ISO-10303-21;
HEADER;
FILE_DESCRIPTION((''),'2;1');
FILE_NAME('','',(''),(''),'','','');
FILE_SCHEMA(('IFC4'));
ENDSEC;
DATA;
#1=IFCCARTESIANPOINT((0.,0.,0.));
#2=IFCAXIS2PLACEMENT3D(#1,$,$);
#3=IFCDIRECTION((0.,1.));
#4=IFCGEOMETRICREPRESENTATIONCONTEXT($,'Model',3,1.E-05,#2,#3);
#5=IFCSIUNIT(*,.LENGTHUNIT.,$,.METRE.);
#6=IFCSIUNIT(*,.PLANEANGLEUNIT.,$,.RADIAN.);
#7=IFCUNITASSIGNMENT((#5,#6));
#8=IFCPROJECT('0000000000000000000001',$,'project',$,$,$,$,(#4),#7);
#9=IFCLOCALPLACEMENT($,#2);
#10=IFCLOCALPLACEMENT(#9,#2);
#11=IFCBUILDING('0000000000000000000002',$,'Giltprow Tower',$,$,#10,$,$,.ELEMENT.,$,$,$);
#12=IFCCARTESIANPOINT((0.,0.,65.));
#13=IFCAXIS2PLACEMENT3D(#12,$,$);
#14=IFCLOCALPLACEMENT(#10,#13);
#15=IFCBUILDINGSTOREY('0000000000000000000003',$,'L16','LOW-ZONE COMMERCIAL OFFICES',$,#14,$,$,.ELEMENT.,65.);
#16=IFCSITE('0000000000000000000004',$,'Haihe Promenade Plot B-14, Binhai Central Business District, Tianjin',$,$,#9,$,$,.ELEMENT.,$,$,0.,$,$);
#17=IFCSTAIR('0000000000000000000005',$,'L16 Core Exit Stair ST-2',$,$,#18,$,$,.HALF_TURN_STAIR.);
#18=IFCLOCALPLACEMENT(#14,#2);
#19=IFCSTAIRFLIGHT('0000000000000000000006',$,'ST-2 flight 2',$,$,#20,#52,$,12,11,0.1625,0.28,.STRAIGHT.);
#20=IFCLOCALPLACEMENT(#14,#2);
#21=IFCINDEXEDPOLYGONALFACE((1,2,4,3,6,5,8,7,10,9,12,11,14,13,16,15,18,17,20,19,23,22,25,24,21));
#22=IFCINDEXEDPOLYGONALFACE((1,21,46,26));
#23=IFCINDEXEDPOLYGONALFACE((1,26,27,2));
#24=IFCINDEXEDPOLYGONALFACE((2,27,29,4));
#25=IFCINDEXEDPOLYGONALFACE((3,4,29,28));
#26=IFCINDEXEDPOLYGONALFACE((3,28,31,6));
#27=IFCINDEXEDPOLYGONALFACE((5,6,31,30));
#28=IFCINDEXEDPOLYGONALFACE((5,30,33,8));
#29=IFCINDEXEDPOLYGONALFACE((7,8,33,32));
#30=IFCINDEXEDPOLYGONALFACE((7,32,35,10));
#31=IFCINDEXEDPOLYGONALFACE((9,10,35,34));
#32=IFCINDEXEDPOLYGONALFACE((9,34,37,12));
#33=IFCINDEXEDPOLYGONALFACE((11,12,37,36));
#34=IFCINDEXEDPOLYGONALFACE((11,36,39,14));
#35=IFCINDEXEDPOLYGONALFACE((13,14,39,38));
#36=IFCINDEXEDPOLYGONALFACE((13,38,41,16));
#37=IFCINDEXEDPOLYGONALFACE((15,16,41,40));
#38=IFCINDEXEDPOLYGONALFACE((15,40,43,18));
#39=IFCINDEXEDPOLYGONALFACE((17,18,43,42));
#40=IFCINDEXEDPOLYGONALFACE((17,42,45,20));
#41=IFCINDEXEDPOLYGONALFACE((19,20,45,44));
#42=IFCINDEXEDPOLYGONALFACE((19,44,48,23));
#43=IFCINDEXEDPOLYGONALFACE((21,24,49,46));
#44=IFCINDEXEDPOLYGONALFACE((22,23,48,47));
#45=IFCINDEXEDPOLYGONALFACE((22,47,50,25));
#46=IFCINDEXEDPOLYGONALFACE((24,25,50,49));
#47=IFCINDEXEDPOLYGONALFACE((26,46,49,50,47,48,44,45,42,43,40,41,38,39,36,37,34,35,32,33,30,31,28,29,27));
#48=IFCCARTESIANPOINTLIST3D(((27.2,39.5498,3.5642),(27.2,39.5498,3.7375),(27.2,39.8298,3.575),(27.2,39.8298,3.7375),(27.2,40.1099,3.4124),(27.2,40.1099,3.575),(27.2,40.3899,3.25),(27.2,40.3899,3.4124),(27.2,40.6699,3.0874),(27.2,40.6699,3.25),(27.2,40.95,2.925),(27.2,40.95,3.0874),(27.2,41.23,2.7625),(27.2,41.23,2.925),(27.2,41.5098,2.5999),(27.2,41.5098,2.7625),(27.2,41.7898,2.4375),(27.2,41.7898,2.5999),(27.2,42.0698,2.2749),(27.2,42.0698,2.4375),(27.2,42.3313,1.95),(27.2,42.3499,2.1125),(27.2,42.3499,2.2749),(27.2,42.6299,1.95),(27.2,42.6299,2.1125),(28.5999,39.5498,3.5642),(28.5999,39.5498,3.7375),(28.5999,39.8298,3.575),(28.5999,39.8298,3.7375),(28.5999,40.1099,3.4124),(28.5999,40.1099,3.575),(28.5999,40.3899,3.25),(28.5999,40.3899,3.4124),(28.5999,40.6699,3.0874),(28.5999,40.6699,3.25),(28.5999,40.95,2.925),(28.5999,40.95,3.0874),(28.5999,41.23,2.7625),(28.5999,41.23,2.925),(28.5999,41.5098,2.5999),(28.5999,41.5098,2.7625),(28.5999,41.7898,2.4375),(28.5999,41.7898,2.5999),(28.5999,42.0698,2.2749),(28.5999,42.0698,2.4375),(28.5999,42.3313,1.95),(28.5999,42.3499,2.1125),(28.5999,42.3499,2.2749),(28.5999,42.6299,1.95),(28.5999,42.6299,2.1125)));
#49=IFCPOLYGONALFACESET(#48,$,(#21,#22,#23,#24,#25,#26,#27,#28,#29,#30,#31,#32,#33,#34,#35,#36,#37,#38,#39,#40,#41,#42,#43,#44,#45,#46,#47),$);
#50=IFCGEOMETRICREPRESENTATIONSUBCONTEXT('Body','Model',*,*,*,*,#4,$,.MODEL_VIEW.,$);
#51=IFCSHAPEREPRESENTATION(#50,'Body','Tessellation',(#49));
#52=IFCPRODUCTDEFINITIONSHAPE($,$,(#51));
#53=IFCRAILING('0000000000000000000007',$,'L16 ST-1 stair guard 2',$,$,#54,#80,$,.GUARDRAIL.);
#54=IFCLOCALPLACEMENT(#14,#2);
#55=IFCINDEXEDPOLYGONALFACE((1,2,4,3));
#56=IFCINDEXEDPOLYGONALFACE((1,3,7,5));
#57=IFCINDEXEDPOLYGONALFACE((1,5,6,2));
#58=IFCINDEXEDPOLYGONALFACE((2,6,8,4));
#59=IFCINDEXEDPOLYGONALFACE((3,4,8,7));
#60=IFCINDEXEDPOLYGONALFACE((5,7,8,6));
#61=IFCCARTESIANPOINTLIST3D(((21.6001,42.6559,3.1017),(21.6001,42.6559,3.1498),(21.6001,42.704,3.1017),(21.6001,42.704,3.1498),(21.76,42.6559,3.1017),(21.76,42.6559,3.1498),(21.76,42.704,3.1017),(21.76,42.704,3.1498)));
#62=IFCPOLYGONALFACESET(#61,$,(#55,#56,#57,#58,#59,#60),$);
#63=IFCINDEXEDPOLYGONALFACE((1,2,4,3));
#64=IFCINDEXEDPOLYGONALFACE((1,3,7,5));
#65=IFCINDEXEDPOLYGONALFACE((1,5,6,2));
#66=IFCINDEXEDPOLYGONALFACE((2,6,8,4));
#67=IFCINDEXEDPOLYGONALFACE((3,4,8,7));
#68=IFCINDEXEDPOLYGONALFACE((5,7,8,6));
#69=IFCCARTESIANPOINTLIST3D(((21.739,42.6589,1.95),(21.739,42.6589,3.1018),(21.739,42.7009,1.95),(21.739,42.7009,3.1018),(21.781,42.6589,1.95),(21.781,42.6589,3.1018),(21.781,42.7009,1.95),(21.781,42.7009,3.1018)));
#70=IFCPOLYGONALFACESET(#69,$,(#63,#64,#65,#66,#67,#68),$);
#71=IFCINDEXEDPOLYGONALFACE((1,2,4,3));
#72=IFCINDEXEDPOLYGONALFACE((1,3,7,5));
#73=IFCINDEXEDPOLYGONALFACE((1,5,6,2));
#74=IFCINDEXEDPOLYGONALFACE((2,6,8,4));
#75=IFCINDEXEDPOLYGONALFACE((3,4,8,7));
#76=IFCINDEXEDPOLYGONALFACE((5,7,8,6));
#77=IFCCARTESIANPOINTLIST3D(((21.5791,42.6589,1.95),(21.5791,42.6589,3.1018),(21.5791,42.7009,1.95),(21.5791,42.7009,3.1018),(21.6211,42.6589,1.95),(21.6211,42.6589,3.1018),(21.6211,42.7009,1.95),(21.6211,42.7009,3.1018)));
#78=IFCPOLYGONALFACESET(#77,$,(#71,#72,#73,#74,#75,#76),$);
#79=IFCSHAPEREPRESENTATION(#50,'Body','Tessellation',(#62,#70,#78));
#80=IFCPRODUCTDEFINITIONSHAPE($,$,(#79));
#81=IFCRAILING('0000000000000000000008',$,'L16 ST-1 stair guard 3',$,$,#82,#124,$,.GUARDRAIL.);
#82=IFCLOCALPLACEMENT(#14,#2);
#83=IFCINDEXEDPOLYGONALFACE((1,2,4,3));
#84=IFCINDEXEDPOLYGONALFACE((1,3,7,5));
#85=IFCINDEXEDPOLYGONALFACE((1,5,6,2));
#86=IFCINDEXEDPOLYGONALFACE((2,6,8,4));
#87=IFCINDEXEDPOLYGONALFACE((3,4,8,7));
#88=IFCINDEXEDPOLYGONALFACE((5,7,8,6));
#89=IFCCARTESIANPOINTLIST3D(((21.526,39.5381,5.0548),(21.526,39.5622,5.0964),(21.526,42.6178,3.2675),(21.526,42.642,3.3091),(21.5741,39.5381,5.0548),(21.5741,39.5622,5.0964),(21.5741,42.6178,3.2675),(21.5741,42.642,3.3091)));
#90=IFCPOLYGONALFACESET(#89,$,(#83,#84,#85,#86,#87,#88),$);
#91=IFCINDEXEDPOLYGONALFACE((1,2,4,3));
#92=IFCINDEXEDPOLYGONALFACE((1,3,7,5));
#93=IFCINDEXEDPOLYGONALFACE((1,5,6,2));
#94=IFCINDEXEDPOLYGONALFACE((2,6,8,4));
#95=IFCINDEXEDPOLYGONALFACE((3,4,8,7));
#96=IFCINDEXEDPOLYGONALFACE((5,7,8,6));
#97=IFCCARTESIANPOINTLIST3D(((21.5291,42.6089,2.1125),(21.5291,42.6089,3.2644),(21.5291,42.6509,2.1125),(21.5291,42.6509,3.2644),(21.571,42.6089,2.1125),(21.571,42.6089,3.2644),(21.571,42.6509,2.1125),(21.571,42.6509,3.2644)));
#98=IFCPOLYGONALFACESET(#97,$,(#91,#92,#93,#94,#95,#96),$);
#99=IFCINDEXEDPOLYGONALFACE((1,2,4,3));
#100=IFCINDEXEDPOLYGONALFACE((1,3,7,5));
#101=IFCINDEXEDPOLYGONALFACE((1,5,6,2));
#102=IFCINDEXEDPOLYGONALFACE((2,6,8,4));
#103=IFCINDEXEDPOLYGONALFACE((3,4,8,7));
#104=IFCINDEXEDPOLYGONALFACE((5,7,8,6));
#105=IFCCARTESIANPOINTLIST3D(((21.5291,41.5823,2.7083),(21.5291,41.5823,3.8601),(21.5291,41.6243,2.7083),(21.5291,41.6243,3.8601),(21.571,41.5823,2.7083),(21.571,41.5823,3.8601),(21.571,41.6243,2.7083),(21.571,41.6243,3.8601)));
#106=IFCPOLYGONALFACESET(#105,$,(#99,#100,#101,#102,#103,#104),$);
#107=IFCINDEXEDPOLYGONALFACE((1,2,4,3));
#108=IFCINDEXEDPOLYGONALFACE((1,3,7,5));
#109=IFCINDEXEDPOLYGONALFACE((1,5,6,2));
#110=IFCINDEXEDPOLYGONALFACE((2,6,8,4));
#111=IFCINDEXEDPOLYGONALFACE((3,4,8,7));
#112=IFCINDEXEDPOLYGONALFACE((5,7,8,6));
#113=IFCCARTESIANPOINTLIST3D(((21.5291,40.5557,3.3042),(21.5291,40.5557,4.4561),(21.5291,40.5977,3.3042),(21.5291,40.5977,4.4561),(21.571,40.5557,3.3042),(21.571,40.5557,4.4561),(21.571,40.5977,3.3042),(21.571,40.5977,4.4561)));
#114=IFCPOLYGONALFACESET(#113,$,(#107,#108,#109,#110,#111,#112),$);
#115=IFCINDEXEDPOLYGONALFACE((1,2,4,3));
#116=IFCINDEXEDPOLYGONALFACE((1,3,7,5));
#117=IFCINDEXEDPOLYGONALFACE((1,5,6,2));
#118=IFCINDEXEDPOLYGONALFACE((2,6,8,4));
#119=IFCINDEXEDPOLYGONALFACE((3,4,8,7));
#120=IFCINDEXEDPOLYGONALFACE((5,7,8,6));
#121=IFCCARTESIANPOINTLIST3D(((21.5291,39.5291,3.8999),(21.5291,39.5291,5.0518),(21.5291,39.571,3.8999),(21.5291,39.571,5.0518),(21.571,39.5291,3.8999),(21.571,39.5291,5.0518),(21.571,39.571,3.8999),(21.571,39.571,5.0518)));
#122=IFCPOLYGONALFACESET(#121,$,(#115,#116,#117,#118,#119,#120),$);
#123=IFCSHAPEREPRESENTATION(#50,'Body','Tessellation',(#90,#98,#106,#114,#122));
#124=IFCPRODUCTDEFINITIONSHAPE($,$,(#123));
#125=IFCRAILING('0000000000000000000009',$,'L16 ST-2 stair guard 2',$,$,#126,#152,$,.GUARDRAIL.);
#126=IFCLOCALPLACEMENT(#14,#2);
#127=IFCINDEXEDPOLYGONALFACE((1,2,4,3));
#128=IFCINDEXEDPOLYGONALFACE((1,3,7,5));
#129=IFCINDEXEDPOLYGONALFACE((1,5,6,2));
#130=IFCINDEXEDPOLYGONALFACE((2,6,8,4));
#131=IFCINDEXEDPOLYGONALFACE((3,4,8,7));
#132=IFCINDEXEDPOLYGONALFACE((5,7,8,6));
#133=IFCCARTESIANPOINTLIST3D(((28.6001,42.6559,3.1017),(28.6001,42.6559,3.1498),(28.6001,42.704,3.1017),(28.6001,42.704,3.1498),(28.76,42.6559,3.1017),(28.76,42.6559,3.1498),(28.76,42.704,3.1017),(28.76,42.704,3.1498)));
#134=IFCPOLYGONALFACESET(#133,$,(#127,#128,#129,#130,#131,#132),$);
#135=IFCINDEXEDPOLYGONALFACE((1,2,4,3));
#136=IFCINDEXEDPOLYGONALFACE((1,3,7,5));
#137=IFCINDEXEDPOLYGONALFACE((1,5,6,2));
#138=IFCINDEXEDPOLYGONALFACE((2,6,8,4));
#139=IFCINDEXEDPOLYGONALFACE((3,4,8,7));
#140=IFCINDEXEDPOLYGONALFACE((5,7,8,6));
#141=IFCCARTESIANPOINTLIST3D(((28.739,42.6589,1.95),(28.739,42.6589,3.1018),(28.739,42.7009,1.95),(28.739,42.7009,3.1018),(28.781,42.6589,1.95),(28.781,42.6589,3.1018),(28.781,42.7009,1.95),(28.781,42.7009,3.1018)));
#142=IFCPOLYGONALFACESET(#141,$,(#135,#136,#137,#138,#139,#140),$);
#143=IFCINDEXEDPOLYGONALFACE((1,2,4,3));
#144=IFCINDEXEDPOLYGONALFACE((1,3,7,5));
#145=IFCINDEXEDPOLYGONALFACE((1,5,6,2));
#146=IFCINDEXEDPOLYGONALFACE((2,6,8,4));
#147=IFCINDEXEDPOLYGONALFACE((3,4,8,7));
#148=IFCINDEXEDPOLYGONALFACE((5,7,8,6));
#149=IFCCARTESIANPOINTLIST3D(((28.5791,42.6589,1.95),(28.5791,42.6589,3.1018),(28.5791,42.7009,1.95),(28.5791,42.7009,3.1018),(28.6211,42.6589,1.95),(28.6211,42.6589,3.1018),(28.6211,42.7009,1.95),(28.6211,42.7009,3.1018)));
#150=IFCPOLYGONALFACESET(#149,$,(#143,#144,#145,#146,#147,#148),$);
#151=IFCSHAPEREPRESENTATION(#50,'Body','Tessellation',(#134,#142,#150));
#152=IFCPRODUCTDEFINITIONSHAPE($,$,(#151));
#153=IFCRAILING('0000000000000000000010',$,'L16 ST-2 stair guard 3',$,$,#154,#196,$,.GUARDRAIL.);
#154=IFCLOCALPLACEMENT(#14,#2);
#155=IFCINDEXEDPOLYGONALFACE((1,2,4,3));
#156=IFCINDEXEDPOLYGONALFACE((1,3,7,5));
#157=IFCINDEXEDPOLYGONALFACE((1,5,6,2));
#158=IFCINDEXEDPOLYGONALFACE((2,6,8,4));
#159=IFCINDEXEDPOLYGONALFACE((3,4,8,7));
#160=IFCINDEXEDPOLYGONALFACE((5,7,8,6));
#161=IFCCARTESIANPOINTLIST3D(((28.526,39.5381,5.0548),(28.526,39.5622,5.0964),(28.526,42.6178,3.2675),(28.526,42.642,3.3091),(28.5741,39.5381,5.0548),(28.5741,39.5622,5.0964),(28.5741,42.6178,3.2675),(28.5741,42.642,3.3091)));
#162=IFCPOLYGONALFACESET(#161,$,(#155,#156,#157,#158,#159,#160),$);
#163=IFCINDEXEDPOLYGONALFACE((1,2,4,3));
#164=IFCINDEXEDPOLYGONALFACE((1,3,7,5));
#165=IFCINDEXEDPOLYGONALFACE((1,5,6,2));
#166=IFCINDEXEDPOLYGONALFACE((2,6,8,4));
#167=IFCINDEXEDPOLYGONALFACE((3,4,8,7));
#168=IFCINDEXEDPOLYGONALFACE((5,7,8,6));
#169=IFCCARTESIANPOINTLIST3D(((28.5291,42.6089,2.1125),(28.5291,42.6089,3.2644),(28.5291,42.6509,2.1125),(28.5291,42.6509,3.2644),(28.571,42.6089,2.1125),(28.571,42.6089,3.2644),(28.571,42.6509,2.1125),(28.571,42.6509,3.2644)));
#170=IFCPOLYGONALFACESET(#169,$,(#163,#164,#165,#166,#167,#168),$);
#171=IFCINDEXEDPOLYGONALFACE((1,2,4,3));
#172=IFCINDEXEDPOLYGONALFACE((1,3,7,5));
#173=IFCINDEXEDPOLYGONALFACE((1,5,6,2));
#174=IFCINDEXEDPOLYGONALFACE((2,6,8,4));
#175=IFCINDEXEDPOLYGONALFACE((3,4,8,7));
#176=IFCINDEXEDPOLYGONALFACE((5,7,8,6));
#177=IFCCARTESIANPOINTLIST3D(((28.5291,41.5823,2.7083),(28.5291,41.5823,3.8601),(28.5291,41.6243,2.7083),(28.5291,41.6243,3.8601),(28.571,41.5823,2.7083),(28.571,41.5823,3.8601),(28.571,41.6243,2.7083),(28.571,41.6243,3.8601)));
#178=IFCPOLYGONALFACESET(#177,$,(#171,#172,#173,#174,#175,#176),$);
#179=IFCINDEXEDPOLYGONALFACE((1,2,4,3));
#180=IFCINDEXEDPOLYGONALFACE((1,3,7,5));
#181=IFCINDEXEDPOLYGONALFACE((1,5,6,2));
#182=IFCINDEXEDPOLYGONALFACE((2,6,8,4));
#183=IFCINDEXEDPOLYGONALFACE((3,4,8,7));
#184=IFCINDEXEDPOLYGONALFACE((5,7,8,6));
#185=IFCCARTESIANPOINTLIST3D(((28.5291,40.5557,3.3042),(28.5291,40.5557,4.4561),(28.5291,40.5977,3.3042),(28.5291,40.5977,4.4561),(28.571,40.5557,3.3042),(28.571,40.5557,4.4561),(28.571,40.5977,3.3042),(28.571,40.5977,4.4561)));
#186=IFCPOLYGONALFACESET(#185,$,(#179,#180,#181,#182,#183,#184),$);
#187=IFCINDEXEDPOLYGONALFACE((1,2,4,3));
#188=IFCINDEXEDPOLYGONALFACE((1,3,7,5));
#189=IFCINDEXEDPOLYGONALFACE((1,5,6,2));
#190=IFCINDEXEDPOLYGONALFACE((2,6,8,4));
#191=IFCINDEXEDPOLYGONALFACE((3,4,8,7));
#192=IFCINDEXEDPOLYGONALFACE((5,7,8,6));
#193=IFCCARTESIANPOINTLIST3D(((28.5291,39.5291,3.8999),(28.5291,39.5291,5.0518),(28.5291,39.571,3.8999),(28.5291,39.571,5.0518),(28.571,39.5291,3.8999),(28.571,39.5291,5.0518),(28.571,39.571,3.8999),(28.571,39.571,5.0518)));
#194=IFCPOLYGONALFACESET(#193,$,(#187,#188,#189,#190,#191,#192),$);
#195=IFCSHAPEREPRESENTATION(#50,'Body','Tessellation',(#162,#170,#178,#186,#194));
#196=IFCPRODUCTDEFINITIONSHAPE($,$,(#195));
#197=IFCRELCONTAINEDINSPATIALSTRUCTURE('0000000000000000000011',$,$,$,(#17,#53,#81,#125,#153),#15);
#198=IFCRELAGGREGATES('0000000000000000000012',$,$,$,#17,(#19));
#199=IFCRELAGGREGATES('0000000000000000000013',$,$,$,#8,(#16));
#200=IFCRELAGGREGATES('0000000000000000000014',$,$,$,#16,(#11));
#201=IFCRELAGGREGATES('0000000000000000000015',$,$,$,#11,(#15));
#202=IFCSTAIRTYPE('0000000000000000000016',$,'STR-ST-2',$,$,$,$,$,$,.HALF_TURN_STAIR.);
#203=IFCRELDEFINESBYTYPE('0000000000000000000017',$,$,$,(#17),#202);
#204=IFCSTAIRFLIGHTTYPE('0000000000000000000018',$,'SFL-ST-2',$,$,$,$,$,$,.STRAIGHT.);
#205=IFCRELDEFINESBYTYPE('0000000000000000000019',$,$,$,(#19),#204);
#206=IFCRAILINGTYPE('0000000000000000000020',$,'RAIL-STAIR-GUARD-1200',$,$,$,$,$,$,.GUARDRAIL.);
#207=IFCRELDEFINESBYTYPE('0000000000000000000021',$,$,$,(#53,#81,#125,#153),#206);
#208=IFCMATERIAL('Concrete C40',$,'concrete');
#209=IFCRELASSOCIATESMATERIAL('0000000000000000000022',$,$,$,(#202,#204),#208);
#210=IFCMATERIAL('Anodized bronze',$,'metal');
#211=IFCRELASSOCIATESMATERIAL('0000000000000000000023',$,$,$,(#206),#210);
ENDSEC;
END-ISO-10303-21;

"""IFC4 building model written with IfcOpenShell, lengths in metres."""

from ifc_helpers import new_model, si_unit, direction, frame, origin, origin_2d, place, context, subcontext, project, spatial, polyline, rectangle, outline, extrude, material, type_object, element, aggregate, save


model = new_model("IFC4")

# Units and contexts
model_context = context("Model", 3, precision=1e-05, world=origin(), true_north=direction((0.0, 1.0)))
body_context = subcontext(model_context, "Body", "Model", "MODEL_VIEW")
ifc_project = project(units=[si_unit("LENGTHUNIT", "METRE"), si_unit("PLANEANGLEUNIT", "RADIAN")], contexts=[model_context])

# Site, building, storey
site_placement = place(None, origin())
site = spatial("IfcSite", under=ifc_project, at=site_placement, Name="Haihe Promenade Plot B-14, Binhai Central Business District, Tianjin", CompositionType="ELEMENT", RefElevation=0.0)
building_placement = place(site_placement, origin())
building = spatial("IfcBuilding", under=site, at=building_placement, Name="Giltprow Tower", CompositionType="ELEMENT")
storey_placement = place(building_placement, frame((0.0, 0.0, 65.0)))
storey = spatial("IfcBuildingStorey", under=building, at=storey_placement, Name="L16", Description="LOW-ZONE COMMERCIAL OFFICES", CompositionType="ELEMENT", Elevation=65.0)

# Shared definitions
ifc_material_1 = material(Name="Concrete C40", Category="concrete")

# Stair, stair flight
stair_type_1 = type_object("IfcStairType", Name="STR-ST-2", PredefinedType="HALF_TURN_STAIR", material=ifc_material_1)
stair_1_placement = place(storey_placement, origin())
stair_1 = element("IfcStair", 1, at=stair_1_placement, inside=storey, type_object=stair_type_1, Name="L16 Core Exit Stair ST-2", PredefinedType="HALF_TURN_STAIR")
stair_flight_type_1 = type_object("IfcStairFlightType", Name="SFL-ST-2", PredefinedType="STRAIGHT", material=ifc_material_1)
stair_flight_1_placement = place(storey_placement, frame((27.8999, 42.6299, 1.95), z_axis=(0.0, 0.0, 1.0), x_axis=(0.0, -1.0, 0.0)))
stair_flight_1 = element("IfcStairFlight", 2, at=stair_flight_1_placement, type_object=stair_flight_type_1, Name="ST-2 flight 2", NumberOfRisers=12, NumberOfTreads=11, PredefinedType="STRAIGHT", RiserHeight=0.1625, TreadLength=0.28, context=body_context, shape_type="SweptSolid", body=[
    extrude(outline(polyline([(0.0, 0.0), (0.0, 0.1626), (0.28, 0.1626), (0.28, 0.325), (0.5601, 0.325), (0.5601, 0.4875), (0.8401, 0.4875), (0.8401, 0.6499), (1.1201, 0.6499), (1.1201, 0.8125), (1.3999, 0.8125), (1.3999, 0.9751), (1.6799, 0.9751), (1.6799, 1.1375), (1.96, 1.1375), (1.96, 1.3), (2.24, 1.3), (2.24, 1.4624), (2.52, 1.4624), (2.52, 1.625), (2.8, 1.625), (2.8, 1.7876), (3.0801, 1.7876), (3.0801, 1.95), (3.0801, 1.6143), (0.2986, 0.0), (0.0, 0.0)])), frame((0.0, 0.7, 0.0), z_axis=(0.0, -1.0, 0.0), x_axis=(1.0, 0.0, 0.0)), (0.0, 0.0, 1.0), 1.3999),
])
aggregate(stair_1, [stair_flight_1])

# Railings
ifc_material_2 = material(Name="Anodized bronze", Category="metal")
railing_type_1 = type_object("IfcRailingType", Name="RAIL-STAIR-GUARD-1200", PredefinedType="GUARDRAIL", material=ifc_material_2)
railing_1_placement = place(storey_placement, frame((21.76, 42.6799, 1.95)))
element("IfcRailing", 3, at=railing_1_placement, inside=storey, type_object=railing_type_1, Name="L16 ST-1 stair guard 2", PredefinedType="GUARDRAIL", context=body_context, shape_type="SweptSolid", body=[
    extrude(rectangle(XDim=0.0481, YDim=0.0481, at=origin_2d()), frame((0.0, 0.0, 1.1758), z_axis=(-1.0, 0.0, 0.0), x_axis=(0.0, -1.0, 0.0)), (0.0, 0.0, 1.0), 0.1599),
    extrude(rectangle(XDim=0.042, YDim=0.042, at=origin_2d()), origin(), (0.0, 0.0, 1.0), 1.1519),
    extrude(rectangle(XDim=0.042, YDim=0.042, at=origin_2d()), frame((-0.1599, 0.0, 0.0)), (0.0, 0.0, 1.0), 1.1519),
])
railing_2_placement = place(storey_placement, frame((21.55, 42.6299, 2.1125)))
element("IfcRailing", 4, at=railing_2_placement, inside=storey, type_object=railing_type_1, Name="L16 ST-1 stair guard 3", PredefinedType="GUARDRAIL", context=body_context, shape_type="SweptSolid", body=[
    extrude(rectangle(XDim=0.0481, YDim=0.0481, at=origin_2d()), frame((0.0, 0.0, 1.1758), z_axis=(0.0, -0.864903, 0.501939), x_axis=(1.0, 0.0, 0.0)), (0.0, 0.0, 1.0), 3.5608),
    extrude(rectangle(XDim=0.042, YDim=0.042, at=origin_2d()), origin(), (0.0, 0.0, 1.0), 1.1519),
    extrude(rectangle(XDim=0.042, YDim=0.042, at=origin_2d()), frame((0.0, -1.0266, 0.5957)), (0.0, 0.0, 1.0), 1.1519),
    extrude(rectangle(XDim=0.042, YDim=0.042, at=origin_2d()), frame((0.0, -2.0532, 1.1917)), (0.0, 0.0, 1.0), 1.1519),
    extrude(rectangle(XDim=0.042, YDim=0.042, at=origin_2d()), frame((0.0, -3.0798, 1.7874)), (0.0, 0.0, 1.0), 1.1519),
])
railing_3_placement = place(storey_placement, frame((28.76, 42.6799, 1.95)))
element("IfcRailing", 5, at=railing_3_placement, inside=storey, type_object=railing_type_1, Name="L16 ST-2 stair guard 2", PredefinedType="GUARDRAIL", context=body_context, shape_type="SweptSolid", body=[
    extrude(rectangle(XDim=0.0481, YDim=0.0481, at=origin_2d()), frame((0.0, 0.0, 1.1758), z_axis=(-1.0, 0.0, 0.0), x_axis=(0.0, -1.0, 0.0)), (0.0, 0.0, 1.0), 0.1599),
    extrude(rectangle(XDim=0.042, YDim=0.042, at=origin_2d()), origin(), (0.0, 0.0, 1.0), 1.1519),
    extrude(rectangle(XDim=0.042, YDim=0.042, at=origin_2d()), frame((-0.1599, 0.0, 0.0)), (0.0, 0.0, 1.0), 1.1519),
])
railing_4_placement = place(storey_placement, frame((28.55, 42.6299, 2.1125)))
element("IfcRailing", 6, at=railing_4_placement, inside=storey, type_object=railing_type_1, Name="L16 ST-2 stair guard 3", PredefinedType="GUARDRAIL", context=body_context, shape_type="SweptSolid", body=[
    extrude(rectangle(XDim=0.0481, YDim=0.0481, at=origin_2d()), frame((0.0, 0.0, 1.1758), z_axis=(0.0, -0.864903, 0.501939), x_axis=(1.0, 0.0, 0.0)), (0.0, 0.0, 1.0), 3.5608),
    extrude(rectangle(XDim=0.042, YDim=0.042, at=origin_2d()), origin(), (0.0, 0.0, 1.0), 1.1519),
    extrude(rectangle(XDim=0.042, YDim=0.042, at=origin_2d()), frame((0.0, -1.0266, 0.5957)), (0.0, 0.0, 1.0), 1.1519),
    extrude(rectangle(XDim=0.042, YDim=0.042, at=origin_2d()), frame((0.0, -2.0532, 1.1917)), (0.0, 0.0, 1.0), 1.1519),
    extrude(rectangle(XDim=0.042, YDim=0.042, at=origin_2d()), frame((0.0, -3.0798, 1.7874)), (0.0, 0.0, 1.0), 1.1519),
])

save(model, "model.ifc")
